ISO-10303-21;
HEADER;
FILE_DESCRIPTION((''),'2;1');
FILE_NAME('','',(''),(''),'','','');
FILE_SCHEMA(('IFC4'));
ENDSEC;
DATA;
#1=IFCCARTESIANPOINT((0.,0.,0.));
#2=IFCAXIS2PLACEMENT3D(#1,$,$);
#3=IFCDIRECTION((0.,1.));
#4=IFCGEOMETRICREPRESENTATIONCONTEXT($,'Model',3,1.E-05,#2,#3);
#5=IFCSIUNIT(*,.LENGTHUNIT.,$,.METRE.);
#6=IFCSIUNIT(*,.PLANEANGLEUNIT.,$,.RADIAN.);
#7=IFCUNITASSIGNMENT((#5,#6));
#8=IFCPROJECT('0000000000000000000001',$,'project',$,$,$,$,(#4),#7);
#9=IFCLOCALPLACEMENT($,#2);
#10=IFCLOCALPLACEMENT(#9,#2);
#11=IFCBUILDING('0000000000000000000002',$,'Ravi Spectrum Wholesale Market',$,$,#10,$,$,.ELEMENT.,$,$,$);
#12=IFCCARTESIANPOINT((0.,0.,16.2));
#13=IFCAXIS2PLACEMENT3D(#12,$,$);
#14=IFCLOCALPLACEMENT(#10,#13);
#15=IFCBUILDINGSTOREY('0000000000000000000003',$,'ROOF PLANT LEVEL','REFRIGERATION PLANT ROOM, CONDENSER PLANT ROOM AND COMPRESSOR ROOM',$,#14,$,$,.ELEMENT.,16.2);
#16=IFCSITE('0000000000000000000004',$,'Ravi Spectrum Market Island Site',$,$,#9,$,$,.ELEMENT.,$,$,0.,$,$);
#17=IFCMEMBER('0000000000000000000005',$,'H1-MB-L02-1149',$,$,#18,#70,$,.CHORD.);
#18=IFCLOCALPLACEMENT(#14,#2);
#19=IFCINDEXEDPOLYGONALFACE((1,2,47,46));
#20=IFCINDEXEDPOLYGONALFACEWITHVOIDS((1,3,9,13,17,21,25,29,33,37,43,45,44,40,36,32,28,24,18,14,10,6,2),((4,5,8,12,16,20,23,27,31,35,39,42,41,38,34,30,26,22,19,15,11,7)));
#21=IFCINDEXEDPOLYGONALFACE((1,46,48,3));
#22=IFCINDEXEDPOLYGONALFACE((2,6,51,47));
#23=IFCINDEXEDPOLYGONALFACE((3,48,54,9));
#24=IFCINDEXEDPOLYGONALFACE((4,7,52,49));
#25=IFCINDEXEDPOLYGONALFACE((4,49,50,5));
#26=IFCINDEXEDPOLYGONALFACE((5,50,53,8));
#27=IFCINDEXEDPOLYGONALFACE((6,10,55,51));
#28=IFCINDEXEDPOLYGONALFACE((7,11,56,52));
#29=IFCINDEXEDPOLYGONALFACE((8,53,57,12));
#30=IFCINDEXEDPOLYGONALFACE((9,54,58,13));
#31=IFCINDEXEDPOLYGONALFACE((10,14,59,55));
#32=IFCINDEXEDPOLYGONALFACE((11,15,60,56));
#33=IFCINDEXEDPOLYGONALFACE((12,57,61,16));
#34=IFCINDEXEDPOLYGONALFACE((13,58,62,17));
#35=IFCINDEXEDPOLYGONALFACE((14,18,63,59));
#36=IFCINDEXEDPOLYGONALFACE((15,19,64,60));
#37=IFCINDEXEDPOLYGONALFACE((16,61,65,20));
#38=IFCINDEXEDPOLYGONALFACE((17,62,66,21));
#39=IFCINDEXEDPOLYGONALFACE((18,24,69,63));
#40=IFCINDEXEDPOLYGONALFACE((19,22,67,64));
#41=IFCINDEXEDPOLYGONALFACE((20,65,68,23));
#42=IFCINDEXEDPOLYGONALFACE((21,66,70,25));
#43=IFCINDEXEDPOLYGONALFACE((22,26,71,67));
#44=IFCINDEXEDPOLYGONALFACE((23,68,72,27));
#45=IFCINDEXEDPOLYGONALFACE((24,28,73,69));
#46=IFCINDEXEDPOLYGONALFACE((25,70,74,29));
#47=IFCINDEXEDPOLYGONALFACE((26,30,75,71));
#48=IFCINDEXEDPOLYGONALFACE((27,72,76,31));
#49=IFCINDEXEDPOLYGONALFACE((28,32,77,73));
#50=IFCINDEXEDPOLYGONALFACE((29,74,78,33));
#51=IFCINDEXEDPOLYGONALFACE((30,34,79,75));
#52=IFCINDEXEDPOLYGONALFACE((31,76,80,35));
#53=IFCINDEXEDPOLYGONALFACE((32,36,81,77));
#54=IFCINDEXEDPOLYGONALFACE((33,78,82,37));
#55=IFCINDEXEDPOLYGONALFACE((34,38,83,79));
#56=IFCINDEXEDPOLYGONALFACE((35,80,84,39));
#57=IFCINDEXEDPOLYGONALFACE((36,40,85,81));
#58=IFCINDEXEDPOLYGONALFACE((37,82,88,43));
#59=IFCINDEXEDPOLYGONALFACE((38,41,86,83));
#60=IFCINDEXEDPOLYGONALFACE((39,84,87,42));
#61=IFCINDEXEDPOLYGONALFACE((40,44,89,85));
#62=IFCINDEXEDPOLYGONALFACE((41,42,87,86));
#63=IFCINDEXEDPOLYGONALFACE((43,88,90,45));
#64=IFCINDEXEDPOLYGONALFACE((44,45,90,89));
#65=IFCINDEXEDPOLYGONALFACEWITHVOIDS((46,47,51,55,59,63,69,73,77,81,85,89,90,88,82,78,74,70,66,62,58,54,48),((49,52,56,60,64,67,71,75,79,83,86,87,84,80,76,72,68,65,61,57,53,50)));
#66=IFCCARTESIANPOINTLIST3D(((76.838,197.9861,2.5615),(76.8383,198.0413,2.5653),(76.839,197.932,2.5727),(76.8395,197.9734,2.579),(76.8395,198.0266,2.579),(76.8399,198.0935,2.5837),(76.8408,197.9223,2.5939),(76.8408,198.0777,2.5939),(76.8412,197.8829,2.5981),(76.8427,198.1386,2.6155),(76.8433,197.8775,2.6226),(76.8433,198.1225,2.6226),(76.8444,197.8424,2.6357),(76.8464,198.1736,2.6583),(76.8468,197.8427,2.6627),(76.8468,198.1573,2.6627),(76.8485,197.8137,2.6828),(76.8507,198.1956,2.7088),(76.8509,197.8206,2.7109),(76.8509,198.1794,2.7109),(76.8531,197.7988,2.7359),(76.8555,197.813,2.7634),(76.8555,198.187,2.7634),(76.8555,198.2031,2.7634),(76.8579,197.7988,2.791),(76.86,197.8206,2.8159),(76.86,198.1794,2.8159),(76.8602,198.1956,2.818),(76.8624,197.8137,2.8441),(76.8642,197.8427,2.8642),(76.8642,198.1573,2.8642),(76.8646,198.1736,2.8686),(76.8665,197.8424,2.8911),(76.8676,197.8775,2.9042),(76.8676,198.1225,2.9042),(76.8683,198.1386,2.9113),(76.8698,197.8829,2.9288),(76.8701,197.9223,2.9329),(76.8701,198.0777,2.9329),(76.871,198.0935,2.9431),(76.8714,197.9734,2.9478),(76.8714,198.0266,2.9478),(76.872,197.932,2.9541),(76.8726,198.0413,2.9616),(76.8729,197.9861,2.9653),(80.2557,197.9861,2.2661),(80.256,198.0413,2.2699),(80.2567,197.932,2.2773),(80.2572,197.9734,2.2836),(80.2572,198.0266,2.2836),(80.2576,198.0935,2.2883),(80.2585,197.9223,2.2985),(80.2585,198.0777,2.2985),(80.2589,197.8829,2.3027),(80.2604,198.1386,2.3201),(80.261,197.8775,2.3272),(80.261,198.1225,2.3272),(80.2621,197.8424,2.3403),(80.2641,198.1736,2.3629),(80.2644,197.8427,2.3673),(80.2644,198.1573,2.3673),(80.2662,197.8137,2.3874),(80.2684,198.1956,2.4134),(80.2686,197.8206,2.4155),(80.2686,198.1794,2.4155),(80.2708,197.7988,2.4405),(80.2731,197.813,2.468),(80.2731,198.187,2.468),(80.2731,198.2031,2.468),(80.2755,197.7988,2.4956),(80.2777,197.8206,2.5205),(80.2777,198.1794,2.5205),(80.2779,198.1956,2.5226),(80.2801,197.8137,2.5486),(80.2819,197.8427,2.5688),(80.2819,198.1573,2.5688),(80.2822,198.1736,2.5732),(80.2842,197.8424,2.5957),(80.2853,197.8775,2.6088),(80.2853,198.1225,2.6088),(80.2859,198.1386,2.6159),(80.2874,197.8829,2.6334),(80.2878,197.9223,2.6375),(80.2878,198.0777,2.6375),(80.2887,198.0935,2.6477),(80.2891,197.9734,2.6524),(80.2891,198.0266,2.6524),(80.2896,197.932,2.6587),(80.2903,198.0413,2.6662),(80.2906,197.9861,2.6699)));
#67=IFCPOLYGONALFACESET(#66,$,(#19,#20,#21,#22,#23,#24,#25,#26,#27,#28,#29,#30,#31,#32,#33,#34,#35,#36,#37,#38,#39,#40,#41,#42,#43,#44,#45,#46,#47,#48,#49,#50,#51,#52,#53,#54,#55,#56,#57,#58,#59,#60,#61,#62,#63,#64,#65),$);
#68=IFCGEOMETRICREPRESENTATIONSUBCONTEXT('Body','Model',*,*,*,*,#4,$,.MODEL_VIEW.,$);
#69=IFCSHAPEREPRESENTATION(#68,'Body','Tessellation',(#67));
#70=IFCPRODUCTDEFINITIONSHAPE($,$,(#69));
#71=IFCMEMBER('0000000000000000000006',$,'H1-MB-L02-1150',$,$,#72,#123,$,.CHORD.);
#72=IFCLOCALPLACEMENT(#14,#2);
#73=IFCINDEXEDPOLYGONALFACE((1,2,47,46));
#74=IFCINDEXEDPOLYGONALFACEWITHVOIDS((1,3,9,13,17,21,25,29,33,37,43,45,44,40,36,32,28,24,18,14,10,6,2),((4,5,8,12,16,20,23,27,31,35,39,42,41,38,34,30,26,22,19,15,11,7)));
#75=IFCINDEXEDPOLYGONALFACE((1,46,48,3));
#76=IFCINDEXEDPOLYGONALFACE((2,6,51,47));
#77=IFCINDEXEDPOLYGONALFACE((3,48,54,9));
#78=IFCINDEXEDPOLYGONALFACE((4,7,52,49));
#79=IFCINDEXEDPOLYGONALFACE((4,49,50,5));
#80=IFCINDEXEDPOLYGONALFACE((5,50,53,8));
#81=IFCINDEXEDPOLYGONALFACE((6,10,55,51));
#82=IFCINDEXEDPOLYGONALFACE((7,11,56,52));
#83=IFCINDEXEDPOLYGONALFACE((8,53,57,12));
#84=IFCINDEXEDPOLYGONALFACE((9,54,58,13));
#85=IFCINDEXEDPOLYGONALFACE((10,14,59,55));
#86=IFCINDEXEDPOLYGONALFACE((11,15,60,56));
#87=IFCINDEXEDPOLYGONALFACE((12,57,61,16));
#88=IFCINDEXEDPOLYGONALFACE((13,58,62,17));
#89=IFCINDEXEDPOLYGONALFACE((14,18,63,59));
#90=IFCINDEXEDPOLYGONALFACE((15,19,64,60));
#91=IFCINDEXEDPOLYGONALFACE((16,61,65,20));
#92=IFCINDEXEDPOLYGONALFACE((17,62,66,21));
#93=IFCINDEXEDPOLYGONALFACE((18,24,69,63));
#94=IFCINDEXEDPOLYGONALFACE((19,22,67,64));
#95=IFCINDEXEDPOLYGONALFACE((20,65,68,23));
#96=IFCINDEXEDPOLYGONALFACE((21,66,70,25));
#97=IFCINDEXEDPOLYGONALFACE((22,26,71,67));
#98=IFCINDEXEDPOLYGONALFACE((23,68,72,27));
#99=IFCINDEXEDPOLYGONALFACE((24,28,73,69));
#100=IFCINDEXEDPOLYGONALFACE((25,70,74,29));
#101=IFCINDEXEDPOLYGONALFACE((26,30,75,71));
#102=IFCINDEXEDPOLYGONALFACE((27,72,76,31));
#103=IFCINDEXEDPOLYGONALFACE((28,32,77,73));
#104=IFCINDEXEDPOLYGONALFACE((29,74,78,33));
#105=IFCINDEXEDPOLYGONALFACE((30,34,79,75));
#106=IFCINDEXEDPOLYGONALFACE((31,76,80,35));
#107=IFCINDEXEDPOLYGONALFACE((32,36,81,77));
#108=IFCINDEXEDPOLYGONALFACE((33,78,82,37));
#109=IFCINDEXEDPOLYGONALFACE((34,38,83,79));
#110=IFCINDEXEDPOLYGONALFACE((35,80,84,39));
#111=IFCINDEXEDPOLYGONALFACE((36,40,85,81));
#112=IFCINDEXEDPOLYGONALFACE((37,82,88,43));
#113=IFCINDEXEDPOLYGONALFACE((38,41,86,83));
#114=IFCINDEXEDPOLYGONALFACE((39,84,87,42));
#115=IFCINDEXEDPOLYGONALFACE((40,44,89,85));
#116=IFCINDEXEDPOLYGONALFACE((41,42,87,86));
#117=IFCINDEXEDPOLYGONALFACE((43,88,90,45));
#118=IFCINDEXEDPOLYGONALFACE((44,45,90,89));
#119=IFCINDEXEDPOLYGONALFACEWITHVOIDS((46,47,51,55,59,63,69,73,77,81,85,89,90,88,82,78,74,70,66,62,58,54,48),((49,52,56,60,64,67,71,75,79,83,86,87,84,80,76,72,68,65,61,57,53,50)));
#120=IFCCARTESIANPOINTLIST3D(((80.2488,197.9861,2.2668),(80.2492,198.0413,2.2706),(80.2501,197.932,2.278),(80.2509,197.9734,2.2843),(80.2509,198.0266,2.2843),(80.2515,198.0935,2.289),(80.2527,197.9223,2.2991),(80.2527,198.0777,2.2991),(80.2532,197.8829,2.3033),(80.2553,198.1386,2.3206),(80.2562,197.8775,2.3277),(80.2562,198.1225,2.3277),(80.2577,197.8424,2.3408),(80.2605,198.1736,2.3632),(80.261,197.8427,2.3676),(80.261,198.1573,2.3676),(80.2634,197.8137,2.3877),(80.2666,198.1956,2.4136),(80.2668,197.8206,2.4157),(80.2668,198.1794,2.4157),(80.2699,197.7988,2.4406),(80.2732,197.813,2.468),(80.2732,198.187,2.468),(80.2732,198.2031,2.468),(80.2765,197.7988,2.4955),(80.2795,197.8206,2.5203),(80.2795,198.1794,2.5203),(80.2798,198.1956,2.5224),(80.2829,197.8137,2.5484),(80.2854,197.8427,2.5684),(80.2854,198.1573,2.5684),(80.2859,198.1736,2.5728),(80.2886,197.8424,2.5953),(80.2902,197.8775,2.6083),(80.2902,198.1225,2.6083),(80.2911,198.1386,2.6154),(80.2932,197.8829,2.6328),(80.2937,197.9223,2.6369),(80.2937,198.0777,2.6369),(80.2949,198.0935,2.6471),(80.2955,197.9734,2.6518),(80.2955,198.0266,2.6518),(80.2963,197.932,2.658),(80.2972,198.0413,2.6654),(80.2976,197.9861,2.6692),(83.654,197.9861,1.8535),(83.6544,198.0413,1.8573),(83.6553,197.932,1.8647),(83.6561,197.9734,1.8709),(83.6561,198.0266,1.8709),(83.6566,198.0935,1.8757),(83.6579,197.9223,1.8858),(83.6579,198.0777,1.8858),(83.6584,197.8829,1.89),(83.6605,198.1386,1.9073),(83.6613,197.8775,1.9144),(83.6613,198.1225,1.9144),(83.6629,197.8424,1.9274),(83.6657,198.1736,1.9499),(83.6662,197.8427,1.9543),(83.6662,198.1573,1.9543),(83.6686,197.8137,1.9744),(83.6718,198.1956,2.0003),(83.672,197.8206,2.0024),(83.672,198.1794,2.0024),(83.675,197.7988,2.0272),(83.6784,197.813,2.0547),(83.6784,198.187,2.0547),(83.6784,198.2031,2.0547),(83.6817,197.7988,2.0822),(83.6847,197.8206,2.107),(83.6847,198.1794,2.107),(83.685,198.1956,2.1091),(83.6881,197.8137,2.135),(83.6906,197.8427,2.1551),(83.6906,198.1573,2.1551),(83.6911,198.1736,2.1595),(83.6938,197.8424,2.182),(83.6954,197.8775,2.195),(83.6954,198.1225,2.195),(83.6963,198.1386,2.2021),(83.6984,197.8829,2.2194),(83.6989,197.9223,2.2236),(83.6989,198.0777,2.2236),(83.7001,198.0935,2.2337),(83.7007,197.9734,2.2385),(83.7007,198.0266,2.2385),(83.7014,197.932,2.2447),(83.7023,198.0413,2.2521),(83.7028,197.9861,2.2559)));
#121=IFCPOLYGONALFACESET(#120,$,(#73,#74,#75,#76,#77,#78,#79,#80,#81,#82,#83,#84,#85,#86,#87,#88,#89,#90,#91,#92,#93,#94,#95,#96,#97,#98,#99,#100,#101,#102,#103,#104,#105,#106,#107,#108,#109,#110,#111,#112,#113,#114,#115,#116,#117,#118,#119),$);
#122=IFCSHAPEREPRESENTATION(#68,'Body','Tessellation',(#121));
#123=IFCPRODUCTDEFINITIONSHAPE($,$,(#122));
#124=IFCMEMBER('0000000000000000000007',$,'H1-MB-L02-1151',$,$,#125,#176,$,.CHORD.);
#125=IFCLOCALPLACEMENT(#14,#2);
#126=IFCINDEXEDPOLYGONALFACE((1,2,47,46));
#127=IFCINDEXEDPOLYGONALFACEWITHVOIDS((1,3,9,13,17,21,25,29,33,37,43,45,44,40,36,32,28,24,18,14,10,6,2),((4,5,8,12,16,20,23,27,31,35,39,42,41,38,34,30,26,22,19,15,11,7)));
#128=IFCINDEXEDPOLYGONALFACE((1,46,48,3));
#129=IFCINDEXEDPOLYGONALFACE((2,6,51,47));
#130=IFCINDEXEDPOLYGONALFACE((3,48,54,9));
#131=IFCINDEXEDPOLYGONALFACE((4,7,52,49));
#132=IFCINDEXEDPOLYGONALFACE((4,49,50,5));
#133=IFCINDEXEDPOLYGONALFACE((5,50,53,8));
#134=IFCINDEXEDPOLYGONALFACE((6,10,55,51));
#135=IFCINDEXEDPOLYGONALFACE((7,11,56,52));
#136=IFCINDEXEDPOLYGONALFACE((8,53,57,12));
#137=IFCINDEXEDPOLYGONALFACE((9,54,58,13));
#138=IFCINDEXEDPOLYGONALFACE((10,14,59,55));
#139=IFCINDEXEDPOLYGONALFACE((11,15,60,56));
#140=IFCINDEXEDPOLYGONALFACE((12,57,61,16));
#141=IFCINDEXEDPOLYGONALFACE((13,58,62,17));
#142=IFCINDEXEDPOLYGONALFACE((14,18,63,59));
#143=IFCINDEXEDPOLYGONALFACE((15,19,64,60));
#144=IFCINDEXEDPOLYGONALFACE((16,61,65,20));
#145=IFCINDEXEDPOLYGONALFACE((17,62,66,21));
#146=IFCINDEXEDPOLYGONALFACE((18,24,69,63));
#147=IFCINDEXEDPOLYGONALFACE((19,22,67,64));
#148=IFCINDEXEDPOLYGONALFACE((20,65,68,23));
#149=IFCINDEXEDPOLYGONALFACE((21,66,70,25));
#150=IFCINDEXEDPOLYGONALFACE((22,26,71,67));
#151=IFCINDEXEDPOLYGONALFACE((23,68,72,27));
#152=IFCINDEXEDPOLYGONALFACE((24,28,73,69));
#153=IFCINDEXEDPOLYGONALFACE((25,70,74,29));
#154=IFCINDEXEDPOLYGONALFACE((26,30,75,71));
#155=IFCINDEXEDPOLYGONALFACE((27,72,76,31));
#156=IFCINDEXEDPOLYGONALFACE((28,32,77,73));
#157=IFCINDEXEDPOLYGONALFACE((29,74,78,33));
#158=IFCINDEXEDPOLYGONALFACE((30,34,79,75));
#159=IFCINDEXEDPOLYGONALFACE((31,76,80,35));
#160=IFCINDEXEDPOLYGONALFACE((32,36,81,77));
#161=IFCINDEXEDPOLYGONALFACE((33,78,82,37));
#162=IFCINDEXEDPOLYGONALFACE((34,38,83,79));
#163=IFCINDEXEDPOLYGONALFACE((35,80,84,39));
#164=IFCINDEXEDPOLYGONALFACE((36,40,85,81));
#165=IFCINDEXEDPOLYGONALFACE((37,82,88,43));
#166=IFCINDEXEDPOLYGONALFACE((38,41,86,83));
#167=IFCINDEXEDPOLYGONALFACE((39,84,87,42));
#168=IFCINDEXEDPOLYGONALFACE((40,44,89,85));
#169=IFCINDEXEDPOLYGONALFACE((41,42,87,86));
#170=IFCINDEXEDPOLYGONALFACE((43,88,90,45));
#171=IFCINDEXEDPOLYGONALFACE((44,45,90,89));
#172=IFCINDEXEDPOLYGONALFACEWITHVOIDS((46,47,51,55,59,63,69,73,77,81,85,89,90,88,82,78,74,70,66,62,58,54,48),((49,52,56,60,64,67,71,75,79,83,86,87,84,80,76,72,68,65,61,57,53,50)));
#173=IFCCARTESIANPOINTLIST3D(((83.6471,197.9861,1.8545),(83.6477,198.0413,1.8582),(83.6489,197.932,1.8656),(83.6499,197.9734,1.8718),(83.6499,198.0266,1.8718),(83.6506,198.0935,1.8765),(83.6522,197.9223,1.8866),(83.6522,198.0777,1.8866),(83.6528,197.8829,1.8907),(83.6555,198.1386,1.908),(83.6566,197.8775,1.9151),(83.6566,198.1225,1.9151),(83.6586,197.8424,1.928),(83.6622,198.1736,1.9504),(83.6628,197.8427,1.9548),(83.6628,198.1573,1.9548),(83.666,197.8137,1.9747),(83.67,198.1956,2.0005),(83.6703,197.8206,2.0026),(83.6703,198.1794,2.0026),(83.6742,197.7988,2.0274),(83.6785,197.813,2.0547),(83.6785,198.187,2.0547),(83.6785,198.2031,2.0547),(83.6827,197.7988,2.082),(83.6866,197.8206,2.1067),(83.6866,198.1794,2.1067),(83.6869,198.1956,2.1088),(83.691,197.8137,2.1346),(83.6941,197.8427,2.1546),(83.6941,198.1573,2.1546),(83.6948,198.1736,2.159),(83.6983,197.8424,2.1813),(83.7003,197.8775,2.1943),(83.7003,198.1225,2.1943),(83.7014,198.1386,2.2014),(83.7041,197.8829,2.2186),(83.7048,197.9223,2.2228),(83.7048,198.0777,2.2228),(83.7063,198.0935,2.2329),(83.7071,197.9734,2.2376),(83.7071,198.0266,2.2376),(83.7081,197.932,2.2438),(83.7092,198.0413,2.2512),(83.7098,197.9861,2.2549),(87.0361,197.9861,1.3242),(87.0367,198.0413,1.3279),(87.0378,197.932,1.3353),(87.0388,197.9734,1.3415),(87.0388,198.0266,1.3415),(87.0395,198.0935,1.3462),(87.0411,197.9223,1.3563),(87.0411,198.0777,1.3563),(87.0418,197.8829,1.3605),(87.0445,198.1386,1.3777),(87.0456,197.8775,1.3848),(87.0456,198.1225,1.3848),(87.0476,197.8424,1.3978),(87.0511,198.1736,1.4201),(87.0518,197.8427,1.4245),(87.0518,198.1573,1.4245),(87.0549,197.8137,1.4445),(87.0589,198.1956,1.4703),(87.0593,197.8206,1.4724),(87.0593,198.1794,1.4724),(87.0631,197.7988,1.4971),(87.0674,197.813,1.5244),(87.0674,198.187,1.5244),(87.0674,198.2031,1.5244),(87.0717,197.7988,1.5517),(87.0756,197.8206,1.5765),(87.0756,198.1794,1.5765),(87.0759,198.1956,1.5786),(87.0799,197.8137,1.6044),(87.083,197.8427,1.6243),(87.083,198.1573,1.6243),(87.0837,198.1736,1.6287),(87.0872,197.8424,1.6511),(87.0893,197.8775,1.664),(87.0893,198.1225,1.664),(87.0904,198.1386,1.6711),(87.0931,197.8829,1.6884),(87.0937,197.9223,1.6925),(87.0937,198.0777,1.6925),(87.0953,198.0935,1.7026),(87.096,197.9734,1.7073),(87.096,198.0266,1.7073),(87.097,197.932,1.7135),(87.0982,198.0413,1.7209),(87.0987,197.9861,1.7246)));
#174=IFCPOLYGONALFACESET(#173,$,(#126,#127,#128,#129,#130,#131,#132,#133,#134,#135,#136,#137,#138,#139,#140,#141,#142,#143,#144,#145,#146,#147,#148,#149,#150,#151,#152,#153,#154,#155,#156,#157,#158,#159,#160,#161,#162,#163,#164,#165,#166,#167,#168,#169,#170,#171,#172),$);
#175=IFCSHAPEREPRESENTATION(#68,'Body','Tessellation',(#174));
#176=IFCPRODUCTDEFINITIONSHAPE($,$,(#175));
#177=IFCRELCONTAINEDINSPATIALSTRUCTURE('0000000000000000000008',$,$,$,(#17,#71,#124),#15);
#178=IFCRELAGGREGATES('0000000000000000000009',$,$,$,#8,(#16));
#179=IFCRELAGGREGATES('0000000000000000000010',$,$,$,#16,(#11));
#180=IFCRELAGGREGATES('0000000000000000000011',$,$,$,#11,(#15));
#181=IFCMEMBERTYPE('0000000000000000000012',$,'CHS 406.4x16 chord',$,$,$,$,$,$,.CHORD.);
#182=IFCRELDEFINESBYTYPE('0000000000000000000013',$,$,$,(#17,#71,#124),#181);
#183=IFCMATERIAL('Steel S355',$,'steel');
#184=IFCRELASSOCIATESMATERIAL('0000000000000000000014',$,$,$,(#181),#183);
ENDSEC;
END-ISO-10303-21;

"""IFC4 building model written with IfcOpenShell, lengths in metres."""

from ifc_helpers import new_model, si_unit, direction, frame, origin, origin_2d, place, context, subcontext, project, spatial, hollow_circle, extrude, material, material_profile, profile_set, type_object, element, save


model = new_model("IFC4")

# Units and contexts
model_context = context("Model", 3, precision=1e-05, world=origin(), true_north=direction((0.0, 1.0)))
body_context = subcontext(model_context, "Body", "Model", "MODEL_VIEW")
ifc_project = project(units=[si_unit("LENGTHUNIT", "METRE"), si_unit("PLANEANGLEUNIT", "RADIAN")], contexts=[model_context])

# Site, building, storey
site_placement = place(None, origin())
site = spatial("IfcSite", under=ifc_project, at=site_placement, Name="Ravi Spectrum Market Island Site", CompositionType="ELEMENT", RefElevation=0.0)
building_placement = place(site_placement, origin())
building = spatial("IfcBuilding", under=site, at=building_placement, Name="Ravi Spectrum Wholesale Market", CompositionType="ELEMENT")
storey_placement = place(building_placement, frame((0.0, 0.0, 16.2)))
storey = spatial("IfcBuildingStorey", under=building, at=storey_placement, Name="ROOF PLANT LEVEL", Description="REFRIGERATION PLANT ROOM, CONDENSER PLANT ROOM AND COMPRESSOR ROOM", CompositionType="ELEMENT", Elevation=16.2)

# Members
ifc_material_1 = material(Name="Steel S355", Category="steel")
ifc_material_profile_1 = material_profile(ifc_material_1, hollow_circle(Radius=0.2031, WallThickness=0.0161, at=origin_2d()))
ifc_profile_set_1 = profile_set([ifc_material_profile_1], Name="Steel S355")
member_type_1 = type_object("IfcMemberType", Name="CHS 406.4x16 chord", PredefinedType="CHORD", material=ifc_profile_set_1)
for number, where, z_axis, x_axis, name in (
    (1, (76.8555, 198.0, 2.7634), (0.996285, 0.0, -0.086114), (0.0, 1.0, 0.0), "H1-MB-L02-1149"),
):
    element("IfcMember", number, at=place(storey_placement, frame(where, z_axis=z_axis, x_axis=x_axis)), inside=storey, type_object=member_type_1, Name=name, PredefinedType="CHORD", context=body_context, shape_type="SweptSolid", body=[
        extrude(hollow_circle(Radius=0.2031, WallThickness=0.0161, at=origin_2d()), origin(), (0.0, 0.0, 1.0), 3.4304),
    ])
for number, where, z_axis, x_axis, name in (
    (2, (80.2732, 198.0, 2.468), (0.992714, 0.0, -0.120495), (0.0, 1.0, 0.0), "H1-MB-L02-1150"),
    (3, (83.6785, 198.0, 2.0547), (0.987978, 0.0, -0.154592), (0.0, 1.0, 0.0), "H1-MB-L02-1151"),
):
    element("IfcMember", number, at=place(storey_placement, frame(where, z_axis=z_axis, x_axis=x_axis)), inside=storey, type_object=member_type_1, Name=name, PredefinedType="CHORD", context=body_context, shape_type="SweptSolid", body=[
        extrude(hollow_circle(Radius=0.2031, WallThickness=0.0161, at=origin_2d()), origin(), (0.0, 0.0, 1.0), 3.4302),
    ])

save(model, "model.ifc")
